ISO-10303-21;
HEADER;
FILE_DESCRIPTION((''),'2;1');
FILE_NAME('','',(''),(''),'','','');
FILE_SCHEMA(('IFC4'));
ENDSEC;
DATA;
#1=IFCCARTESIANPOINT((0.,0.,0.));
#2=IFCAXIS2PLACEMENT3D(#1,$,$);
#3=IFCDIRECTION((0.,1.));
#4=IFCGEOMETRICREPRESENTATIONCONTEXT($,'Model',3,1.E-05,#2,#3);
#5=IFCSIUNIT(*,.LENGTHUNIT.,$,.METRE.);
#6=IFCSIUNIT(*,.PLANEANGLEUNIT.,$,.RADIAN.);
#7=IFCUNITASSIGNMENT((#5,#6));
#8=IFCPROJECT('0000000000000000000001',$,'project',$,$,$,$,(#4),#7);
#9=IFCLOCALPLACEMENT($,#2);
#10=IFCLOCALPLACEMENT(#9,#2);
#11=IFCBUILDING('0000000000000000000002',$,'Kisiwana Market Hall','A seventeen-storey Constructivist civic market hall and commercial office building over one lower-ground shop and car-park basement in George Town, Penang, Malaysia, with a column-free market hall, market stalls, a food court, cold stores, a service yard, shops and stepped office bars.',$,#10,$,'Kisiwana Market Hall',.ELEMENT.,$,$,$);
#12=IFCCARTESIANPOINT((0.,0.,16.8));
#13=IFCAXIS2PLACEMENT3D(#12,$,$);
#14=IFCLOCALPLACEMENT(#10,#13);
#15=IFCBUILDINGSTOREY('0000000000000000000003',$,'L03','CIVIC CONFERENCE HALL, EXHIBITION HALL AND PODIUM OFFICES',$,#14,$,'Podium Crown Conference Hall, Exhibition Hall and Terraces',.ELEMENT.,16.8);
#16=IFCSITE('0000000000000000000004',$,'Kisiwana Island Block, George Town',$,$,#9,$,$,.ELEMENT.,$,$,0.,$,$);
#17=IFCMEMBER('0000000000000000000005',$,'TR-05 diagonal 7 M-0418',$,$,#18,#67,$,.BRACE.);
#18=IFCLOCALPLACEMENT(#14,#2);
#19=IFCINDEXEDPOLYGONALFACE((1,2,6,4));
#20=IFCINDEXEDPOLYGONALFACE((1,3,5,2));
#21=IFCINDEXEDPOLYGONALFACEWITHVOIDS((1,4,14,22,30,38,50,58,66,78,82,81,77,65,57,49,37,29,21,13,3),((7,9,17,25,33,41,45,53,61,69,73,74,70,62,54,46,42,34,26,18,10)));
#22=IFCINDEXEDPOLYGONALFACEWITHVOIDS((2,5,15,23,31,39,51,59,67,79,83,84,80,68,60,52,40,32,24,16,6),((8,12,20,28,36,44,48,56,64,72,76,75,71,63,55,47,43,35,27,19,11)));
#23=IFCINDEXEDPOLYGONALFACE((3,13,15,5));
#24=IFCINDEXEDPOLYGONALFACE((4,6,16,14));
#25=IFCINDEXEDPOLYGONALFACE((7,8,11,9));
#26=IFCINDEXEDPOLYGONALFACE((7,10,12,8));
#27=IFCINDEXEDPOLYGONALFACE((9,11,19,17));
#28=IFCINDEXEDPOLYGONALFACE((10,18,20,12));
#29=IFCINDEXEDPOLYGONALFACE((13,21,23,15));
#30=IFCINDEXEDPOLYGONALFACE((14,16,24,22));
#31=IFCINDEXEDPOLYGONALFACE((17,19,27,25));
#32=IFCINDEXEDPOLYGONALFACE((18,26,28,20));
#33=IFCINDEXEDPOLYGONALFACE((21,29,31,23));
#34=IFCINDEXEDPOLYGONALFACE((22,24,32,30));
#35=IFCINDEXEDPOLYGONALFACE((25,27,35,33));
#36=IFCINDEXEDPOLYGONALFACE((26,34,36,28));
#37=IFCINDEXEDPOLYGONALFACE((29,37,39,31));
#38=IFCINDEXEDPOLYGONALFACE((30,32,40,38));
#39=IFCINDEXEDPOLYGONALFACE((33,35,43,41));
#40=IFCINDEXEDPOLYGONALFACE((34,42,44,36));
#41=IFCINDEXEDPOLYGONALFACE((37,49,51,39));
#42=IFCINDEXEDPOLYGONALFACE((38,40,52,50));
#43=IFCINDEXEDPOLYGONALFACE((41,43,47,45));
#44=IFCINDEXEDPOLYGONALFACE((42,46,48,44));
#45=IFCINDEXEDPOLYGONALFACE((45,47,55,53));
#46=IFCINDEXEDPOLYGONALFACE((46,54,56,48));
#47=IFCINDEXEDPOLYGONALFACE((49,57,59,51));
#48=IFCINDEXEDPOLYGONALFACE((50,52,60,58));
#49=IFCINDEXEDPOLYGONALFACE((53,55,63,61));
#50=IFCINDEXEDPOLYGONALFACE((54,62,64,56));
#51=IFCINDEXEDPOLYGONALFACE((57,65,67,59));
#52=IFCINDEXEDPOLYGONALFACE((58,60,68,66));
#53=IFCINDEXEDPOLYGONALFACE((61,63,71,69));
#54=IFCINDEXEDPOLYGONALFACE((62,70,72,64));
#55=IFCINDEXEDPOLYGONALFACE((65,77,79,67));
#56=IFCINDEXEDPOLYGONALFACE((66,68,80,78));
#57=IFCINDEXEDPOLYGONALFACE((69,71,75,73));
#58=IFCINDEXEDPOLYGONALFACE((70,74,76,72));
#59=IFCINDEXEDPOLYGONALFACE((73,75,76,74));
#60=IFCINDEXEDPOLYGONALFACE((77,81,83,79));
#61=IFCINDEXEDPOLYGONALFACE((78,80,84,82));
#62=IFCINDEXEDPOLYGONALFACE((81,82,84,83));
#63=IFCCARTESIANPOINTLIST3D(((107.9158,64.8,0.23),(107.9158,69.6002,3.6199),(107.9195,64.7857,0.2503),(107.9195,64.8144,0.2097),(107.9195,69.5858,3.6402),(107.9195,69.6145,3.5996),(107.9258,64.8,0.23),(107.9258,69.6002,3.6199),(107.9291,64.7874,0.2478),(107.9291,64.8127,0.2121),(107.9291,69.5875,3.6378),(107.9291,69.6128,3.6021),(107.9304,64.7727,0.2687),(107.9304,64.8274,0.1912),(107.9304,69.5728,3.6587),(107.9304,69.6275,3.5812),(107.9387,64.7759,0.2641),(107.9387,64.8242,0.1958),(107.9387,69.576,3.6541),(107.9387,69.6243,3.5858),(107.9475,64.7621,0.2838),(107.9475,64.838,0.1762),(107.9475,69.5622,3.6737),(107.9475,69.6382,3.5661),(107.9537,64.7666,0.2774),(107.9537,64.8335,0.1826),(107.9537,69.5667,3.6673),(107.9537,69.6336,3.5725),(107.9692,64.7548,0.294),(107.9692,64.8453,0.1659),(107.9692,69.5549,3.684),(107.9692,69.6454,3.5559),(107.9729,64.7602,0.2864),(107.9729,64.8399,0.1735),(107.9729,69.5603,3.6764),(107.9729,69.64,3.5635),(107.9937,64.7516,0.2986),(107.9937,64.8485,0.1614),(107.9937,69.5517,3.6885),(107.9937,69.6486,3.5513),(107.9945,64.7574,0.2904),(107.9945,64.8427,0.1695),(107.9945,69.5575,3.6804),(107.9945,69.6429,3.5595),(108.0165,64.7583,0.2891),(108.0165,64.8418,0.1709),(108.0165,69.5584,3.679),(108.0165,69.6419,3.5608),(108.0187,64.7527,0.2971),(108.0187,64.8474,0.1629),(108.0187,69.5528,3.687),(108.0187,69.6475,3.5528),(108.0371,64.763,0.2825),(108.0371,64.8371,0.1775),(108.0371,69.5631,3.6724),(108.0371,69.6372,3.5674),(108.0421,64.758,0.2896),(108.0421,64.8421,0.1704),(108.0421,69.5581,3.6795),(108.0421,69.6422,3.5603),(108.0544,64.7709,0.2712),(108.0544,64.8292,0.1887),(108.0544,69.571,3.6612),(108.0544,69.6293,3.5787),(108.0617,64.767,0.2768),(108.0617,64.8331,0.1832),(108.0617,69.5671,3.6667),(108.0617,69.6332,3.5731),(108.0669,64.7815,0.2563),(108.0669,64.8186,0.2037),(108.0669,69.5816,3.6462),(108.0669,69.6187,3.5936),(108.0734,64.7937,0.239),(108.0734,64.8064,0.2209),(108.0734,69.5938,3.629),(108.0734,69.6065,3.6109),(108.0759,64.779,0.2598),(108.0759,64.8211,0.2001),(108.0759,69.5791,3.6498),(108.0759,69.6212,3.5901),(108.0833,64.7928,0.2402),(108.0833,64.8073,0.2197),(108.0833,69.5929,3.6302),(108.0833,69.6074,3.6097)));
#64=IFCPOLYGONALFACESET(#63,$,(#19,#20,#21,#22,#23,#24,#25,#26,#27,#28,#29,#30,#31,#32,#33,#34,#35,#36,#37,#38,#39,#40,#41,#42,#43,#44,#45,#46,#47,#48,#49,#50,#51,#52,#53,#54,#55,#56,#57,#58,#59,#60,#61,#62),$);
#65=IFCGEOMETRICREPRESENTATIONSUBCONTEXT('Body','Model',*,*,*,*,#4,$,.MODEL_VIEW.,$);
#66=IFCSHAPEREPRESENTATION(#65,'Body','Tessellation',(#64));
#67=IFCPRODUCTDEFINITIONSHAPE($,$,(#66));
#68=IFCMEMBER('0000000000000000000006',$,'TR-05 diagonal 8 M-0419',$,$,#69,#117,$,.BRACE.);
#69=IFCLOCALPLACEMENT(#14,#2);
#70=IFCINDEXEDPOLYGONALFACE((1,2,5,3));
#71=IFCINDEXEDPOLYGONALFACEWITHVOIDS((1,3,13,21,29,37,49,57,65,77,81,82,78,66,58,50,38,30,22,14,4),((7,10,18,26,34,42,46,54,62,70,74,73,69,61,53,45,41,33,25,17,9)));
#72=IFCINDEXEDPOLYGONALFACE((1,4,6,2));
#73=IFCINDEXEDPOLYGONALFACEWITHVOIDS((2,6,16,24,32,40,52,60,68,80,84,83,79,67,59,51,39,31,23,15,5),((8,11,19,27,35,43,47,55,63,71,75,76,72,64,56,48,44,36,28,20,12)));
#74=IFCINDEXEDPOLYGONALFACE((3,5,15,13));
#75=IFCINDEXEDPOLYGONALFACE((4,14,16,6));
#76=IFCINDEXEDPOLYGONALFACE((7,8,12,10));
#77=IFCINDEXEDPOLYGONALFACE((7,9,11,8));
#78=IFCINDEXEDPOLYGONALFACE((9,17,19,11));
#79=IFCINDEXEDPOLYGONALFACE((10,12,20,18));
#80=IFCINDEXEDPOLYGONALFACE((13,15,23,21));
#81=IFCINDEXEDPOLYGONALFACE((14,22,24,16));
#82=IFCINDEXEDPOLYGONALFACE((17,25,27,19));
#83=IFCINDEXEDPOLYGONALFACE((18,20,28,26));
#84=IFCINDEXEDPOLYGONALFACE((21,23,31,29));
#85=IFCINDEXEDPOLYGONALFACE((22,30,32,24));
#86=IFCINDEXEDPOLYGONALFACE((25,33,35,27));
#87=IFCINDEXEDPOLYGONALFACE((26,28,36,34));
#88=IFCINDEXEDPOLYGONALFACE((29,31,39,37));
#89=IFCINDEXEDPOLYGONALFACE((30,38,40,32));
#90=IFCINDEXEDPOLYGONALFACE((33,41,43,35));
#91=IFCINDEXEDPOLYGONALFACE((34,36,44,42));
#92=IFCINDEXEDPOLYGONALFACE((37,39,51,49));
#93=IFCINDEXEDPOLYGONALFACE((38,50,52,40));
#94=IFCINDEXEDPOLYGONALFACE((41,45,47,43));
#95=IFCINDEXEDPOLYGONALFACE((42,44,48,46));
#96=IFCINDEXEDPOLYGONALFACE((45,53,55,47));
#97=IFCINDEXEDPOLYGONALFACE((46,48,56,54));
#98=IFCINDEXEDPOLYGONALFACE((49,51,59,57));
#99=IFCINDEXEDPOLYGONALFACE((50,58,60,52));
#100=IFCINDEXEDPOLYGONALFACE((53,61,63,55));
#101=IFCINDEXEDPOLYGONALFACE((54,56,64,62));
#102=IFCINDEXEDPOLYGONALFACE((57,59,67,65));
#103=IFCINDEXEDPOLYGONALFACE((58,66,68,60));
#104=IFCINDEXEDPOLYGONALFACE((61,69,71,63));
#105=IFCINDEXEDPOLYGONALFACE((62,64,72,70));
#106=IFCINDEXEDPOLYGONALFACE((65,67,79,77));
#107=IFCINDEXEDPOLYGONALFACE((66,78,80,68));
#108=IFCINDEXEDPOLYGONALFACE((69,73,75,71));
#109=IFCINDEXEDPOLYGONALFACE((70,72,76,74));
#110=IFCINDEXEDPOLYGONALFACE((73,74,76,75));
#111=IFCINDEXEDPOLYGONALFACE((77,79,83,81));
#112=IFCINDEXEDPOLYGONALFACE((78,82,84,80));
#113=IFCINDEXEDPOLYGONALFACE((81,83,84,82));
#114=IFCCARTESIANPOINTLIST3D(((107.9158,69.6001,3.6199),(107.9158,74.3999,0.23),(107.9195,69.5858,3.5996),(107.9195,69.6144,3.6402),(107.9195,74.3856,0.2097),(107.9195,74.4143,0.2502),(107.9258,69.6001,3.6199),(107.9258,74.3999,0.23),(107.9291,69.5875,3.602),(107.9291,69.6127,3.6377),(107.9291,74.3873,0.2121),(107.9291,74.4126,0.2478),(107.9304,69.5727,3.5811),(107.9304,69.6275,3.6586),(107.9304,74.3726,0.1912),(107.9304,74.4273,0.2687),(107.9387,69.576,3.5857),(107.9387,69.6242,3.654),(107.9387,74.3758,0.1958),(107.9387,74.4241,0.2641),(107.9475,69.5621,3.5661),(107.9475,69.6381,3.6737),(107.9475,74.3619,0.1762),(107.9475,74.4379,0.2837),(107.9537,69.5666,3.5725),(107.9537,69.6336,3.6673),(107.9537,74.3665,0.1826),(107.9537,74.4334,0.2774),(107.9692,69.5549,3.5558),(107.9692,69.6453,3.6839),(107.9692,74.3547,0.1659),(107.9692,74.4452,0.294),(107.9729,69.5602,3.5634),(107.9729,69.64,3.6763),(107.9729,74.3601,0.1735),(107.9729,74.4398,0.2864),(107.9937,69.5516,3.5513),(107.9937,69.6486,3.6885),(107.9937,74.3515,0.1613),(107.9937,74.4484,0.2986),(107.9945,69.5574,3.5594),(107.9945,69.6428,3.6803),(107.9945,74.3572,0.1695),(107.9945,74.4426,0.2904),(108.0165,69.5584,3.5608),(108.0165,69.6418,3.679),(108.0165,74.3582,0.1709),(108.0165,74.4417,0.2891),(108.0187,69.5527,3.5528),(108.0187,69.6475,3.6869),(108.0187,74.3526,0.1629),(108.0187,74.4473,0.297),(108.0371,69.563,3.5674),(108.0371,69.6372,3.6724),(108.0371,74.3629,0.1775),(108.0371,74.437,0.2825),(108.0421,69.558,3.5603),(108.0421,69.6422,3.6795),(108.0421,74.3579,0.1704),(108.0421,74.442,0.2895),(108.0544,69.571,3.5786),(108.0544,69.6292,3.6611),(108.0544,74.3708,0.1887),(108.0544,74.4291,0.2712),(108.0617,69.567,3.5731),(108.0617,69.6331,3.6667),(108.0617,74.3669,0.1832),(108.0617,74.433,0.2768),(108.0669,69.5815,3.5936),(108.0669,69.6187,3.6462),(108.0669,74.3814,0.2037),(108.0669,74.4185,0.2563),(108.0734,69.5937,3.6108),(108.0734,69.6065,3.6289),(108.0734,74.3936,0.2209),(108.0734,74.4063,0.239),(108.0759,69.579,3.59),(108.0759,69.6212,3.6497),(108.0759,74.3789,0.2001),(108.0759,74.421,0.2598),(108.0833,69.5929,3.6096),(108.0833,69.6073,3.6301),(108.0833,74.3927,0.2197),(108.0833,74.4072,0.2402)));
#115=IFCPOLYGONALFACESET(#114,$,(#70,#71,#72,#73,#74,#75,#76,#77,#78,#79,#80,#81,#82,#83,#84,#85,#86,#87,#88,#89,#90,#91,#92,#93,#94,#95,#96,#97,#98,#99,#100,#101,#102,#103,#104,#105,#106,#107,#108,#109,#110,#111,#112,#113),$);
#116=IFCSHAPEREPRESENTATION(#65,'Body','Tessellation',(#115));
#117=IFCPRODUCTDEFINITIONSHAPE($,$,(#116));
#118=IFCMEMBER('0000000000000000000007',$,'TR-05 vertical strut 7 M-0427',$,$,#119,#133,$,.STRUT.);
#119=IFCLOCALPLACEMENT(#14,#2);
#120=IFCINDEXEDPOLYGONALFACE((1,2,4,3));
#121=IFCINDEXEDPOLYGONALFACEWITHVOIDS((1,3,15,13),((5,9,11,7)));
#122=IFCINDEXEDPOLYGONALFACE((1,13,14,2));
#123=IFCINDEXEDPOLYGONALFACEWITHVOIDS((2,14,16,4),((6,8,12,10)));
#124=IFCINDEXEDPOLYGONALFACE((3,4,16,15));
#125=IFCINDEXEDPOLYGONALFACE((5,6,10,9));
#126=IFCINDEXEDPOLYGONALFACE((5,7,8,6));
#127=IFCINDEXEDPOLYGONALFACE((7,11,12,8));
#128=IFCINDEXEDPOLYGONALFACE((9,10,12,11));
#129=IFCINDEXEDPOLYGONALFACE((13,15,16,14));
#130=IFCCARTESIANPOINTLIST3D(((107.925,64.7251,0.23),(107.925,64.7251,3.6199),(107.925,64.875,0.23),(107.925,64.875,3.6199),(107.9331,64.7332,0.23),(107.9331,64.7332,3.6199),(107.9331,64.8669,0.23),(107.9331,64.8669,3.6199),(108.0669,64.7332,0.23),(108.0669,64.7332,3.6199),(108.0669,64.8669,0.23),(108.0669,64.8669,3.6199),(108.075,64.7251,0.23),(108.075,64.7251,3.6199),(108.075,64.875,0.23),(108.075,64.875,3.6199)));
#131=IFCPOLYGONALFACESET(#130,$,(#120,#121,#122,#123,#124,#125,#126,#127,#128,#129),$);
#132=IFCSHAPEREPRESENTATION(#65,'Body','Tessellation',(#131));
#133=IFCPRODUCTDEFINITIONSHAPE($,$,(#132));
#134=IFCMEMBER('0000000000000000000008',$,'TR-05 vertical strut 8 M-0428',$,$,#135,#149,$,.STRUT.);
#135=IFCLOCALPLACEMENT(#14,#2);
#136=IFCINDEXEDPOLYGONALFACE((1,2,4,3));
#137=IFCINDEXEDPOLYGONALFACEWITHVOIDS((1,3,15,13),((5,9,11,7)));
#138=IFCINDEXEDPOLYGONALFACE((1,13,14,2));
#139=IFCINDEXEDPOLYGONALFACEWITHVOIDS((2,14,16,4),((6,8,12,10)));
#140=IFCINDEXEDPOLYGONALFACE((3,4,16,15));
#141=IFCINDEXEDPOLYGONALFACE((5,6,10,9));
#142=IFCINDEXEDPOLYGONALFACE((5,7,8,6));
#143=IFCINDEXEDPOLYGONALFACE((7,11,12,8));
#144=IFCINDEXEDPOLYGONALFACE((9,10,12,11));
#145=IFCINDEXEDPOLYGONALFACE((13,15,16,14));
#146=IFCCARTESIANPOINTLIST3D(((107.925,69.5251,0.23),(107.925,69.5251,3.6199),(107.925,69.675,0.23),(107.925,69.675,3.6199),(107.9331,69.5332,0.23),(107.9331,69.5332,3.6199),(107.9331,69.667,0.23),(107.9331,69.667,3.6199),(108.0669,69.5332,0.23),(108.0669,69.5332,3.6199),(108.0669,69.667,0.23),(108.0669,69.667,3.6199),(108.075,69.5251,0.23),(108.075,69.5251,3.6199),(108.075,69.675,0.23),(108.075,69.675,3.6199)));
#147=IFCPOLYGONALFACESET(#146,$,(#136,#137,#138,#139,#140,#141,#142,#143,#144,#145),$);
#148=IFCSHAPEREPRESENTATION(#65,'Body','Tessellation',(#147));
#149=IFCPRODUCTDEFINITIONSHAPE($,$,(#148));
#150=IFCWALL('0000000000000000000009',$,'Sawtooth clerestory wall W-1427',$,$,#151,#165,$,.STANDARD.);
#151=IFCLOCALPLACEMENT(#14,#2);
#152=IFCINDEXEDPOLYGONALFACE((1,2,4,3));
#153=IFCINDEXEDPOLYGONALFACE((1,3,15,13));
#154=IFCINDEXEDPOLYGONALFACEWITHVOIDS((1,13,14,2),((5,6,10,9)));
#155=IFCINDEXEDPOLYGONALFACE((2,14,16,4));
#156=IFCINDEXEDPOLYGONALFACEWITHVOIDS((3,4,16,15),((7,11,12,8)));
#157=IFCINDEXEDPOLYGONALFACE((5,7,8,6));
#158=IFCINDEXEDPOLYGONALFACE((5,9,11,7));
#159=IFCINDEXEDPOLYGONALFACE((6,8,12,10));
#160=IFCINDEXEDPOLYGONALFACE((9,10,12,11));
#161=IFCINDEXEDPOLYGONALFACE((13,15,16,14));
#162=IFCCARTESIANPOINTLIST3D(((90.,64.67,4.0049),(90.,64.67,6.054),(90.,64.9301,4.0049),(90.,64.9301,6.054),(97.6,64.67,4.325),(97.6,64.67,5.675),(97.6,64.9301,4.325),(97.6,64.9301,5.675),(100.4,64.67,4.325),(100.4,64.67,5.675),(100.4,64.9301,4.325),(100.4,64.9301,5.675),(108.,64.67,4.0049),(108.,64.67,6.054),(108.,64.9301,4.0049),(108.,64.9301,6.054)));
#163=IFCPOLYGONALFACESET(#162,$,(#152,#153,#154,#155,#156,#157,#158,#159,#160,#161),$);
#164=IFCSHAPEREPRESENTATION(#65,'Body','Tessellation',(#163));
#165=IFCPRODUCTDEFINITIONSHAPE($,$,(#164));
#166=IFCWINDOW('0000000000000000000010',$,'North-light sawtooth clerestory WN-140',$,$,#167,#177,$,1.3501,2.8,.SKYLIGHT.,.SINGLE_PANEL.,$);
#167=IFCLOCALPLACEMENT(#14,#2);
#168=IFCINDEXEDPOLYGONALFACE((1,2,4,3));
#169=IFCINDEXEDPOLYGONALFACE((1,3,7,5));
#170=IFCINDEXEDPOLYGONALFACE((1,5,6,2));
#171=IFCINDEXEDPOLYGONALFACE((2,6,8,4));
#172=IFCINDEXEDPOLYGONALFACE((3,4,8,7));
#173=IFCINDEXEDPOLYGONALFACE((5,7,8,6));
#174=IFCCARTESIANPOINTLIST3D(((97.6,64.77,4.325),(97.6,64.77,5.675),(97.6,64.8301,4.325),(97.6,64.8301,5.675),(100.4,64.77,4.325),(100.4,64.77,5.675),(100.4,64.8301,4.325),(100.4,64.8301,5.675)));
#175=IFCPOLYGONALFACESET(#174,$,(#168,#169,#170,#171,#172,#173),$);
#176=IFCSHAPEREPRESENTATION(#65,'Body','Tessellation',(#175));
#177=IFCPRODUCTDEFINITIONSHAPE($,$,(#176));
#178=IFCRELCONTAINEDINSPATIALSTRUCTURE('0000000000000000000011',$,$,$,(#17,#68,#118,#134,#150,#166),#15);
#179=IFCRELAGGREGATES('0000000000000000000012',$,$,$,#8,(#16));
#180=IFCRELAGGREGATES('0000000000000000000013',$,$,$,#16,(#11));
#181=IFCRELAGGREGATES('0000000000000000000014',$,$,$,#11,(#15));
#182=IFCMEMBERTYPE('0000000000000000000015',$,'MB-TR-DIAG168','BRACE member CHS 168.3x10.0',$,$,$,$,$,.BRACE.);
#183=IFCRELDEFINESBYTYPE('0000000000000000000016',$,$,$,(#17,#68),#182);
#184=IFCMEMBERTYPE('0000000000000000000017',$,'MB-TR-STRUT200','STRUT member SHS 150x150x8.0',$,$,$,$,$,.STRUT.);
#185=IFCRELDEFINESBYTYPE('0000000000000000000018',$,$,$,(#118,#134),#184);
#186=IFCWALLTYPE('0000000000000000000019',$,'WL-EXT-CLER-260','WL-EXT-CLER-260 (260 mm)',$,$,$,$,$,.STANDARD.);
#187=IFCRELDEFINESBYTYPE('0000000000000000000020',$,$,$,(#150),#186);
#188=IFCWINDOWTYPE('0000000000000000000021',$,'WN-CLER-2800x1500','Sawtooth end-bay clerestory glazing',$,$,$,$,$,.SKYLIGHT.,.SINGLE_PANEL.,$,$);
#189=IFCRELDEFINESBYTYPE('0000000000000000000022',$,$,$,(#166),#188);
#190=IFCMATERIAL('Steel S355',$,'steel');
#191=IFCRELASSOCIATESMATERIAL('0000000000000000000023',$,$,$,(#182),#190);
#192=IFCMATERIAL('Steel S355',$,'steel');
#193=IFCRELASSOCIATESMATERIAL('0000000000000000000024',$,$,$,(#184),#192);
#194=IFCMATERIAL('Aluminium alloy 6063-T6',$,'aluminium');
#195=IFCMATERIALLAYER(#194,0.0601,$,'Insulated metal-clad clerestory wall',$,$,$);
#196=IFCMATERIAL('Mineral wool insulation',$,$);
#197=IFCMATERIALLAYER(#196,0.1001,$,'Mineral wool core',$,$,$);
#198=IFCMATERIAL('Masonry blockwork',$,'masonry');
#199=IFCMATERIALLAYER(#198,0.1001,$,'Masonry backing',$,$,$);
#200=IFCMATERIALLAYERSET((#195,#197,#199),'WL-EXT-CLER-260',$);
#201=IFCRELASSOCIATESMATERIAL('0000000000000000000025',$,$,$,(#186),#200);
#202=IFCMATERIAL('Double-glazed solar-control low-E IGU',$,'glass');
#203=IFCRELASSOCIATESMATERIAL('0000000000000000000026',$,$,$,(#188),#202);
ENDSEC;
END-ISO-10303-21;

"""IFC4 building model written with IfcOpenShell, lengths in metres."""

from ifc_helpers import new_model, si_unit, direction, frame, frame_2d, origin, origin_2d, place, context, subcontext, project, spatial, rectangle, hollow_rectangle, hollow_circle, extrude, material, layer, layer_set, material_profile, profile_set, type_object, element, fill, save


model = new_model("IFC4")

# Units and contexts
model_context = context("Model", 3, precision=1e-05, world=origin(), true_north=direction((0.0, 1.0)))
body_context = subcontext(model_context, "Body", "Model", "MODEL_VIEW")
ifc_project = project(units=[si_unit("LENGTHUNIT", "METRE"), si_unit("PLANEANGLEUNIT", "RADIAN")], contexts=[model_context])

# Site, building, storey
site_placement = place(None, origin())
site = spatial("IfcSite", under=ifc_project, at=site_placement, Name="Kisiwana Island Block, George Town", CompositionType="ELEMENT", RefElevation=0.0)
building_placement = place(site_placement, origin())
building = spatial("IfcBuilding", under=site, at=building_placement, Name="Kisiwana Market Hall", Description="A seventeen-storey Constructivist civic market hall and commercial office building over one lower-ground shop and car-park basement in George Town, Penang, Malaysia, with a column-free market hall, market stalls, a food court, cold stores, a service yard, shops and stepped office bars.", LongName="Kisiwana Market Hall", CompositionType="ELEMENT")
storey_placement = place(building_placement, frame((0.0, 0.0, 16.8)))
storey = spatial("IfcBuildingStorey", under=building, at=storey_placement, Name="L03", Description="CIVIC CONFERENCE HALL, EXHIBITION HALL AND PODIUM OFFICES", LongName="Podium Crown Conference Hall, Exhibition Hall and Terraces", CompositionType="ELEMENT", Elevation=16.8)

# Members
ifc_material_1 = material(Name="Steel S355", Category="steel")
ifc_material_profile_1 = material_profile(ifc_material_1, hollow_circle(Radius=0.0842, WallThickness=0.01, at=origin_2d()), Name="CHS 168.3x10.0")
ifc_profile_set_1 = profile_set([ifc_material_profile_1], Name="Steel S355")
member_type_1 = type_object("IfcMemberType", Name="MB-TR-DIAG168", Description="BRACE member CHS 168.3x10.0", PredefinedType="BRACE", material=ifc_profile_set_1)
member_1_placement = place(storey_placement, frame((108.0, 64.8, 0.23), z_axis=(0.0, 0.816838, 0.576868), x_axis=(-1.0, 0.0, 0.0)))
element("IfcMember", 1, at=member_1_placement, inside=storey, type_object=member_type_1, Name="TR-05 diagonal 7 M-0418", PredefinedType="BRACE", context=body_context, shape_type="SweptSolid", body=[
    extrude(hollow_circle(Radius=0.0842, WallThickness=0.01, at=origin_2d()), origin(), (0.0, 0.0, 1.0), 5.8765),
])
member_2_placement = place(storey_placement, frame((108.0, 69.6001, 3.6199), z_axis=(0.0, 0.816824, -0.576887), x_axis=(-1.0, 0.0, 0.0)))
element("IfcMember", 2, at=member_2_placement, inside=storey, type_object=member_type_1, Name="TR-05 diagonal 8 M-0419", PredefinedType="BRACE", context=body_context, shape_type="SweptSolid", body=[
    extrude(hollow_circle(Radius=0.0842, WallThickness=0.01, at=origin_2d()), origin(), (0.0, 0.0, 1.0), 5.8762),
])
ifc_material_2 = material(Name="Steel S355", Category="steel")
ifc_material_profile_2 = material_profile(ifc_material_2, hollow_rectangle(XDim=0.1499, YDim=0.1499, WallThickness=0.0081, at=origin_2d()), Name="SHS 150x150x8.0")
ifc_profile_set_2 = profile_set([ifc_material_profile_2], Name="Steel S355")
member_type_2 = type_object("IfcMemberType", Name="MB-TR-STRUT200", Description="STRUT member SHS 150x150x8.0", PredefinedType="STRUT", material=ifc_profile_set_2)
for number, where, z_axis, x_axis, name in (
    (3, (108.0, 64.8, 0.23), (0.0, 0.0, 1.0), (1.0, 0.0, 0.0), "TR-05 vertical strut 7 M-0427"),
    (4, (108.0, 69.6001, 0.23), (0.0, 0.0, 1.0), (1.0, 0.0, 0.0), "TR-05 vertical strut 8 M-0428"),
):
    element("IfcMember", number, at=place(storey_placement, frame(where, z_axis=z_axis, x_axis=x_axis)), inside=storey, type_object=member_type_2, Name=name, PredefinedType="STRUT", context=body_context, shape_type="SweptSolid", body=[
        extrude(hollow_rectangle(XDim=0.1499, YDim=0.1499, WallThickness=0.0081, at=origin_2d()), origin(), (0.0, 0.0, 1.0), 3.3899),
    ])

# Wall, opening, window
ifc_material_3 = material(Name="Aluminium alloy 6063-T6", Category="aluminium")
ifc_layer_1 = layer(ifc_material_3, 0.0601, Name="Insulated metal-clad clerestory wall")
ifc_material_4 = material(Name="Mineral wool insulation")
ifc_layer_2 = layer(ifc_material_4, 0.1001, Name="Mineral wool core")
ifc_material_5 = material(Name="Masonry blockwork", Category="masonry")
ifc_layer_3 = layer(ifc_material_5, 0.1001, Name="Masonry backing")
ifc_layer_set = layer_set([ifc_layer_1, ifc_layer_2, ifc_layer_3], Name="WL-EXT-CLER-260")
wall_type = type_object("IfcWallType", Name="WL-EXT-CLER-260", Description="WL-EXT-CLER-260 (260 mm)", PredefinedType="STANDARD", material=ifc_layer_set)
wall_1_placement = place(storey_placement, frame((90.0, 64.8, 4.0049), z_axis=(0.0, 0.0, 1.0), x_axis=(1.0, 0.0, 0.0)))
wall_1 = element("IfcWall", 5, at=wall_1_placement, inside=storey, type_object=wall_type, Name="Sawtooth clerestory wall W-1427", PredefinedType="STANDARD", context=body_context, shape_type="SweptSolid", body=[
    extrude(rectangle(XDim=18.0, YDim=0.26, at=frame_2d((9.0, 0.0))), origin(), (0.0, 0.0, 1.0), 2.0491),
])
opening_1_placement = place(wall_1_placement, frame((7.6001, 0.0, 0.3201)))
opening_1 = element("IfcOpeningElement", 6, at=opening_1_placement, cuts=wall_1, PredefinedType="OPENING", context=body_context, shape_type="SweptSolid", body=[
    extrude(rectangle(XDim=2.8, YDim=1.3501, at=frame_2d((1.3999, 0.675))), frame((0.0, 0.1421, 0.0), z_axis=(0.0, -1.0, 0.0), x_axis=(1.0, 0.0, 0.0)), (0.0, 0.0, 1.0), 0.2839),
])
ifc_material_6 = material(Name="Double-glazed solar-control low-E IGU", Category="glass")
window_type_1 = type_object("IfcWindowType", Name="WN-CLER-2800x1500", Description="Sawtooth end-bay clerestory glazing", PartitioningType="SINGLE_PANEL", PredefinedType="SKYLIGHT", material=ifc_material_6)
window_1_placement = place(opening_1_placement, origin())
window_1 = element("IfcWindow", 7, at=window_1_placement, inside=storey, type_object=window_type_1, Name="North-light sawtooth clerestory WN-140", OverallHeight=1.3501, OverallWidth=2.8, PartitioningType="SINGLE_PANEL", PredefinedType="SKYLIGHT", context=body_context, shape_type="SweptSolid", body=[
    extrude(rectangle(XDim=2.8, YDim=1.3501, at=frame_2d((1.3999, 0.675))), frame((0.0, 0.03, 0.0), z_axis=(0.0, -1.0, 0.0), x_axis=(1.0, 0.0, 0.0)), (0.0, 0.0, 1.0), 0.0601),
])
fill(opening_1, window_1)

save(model, "model.ifc")
